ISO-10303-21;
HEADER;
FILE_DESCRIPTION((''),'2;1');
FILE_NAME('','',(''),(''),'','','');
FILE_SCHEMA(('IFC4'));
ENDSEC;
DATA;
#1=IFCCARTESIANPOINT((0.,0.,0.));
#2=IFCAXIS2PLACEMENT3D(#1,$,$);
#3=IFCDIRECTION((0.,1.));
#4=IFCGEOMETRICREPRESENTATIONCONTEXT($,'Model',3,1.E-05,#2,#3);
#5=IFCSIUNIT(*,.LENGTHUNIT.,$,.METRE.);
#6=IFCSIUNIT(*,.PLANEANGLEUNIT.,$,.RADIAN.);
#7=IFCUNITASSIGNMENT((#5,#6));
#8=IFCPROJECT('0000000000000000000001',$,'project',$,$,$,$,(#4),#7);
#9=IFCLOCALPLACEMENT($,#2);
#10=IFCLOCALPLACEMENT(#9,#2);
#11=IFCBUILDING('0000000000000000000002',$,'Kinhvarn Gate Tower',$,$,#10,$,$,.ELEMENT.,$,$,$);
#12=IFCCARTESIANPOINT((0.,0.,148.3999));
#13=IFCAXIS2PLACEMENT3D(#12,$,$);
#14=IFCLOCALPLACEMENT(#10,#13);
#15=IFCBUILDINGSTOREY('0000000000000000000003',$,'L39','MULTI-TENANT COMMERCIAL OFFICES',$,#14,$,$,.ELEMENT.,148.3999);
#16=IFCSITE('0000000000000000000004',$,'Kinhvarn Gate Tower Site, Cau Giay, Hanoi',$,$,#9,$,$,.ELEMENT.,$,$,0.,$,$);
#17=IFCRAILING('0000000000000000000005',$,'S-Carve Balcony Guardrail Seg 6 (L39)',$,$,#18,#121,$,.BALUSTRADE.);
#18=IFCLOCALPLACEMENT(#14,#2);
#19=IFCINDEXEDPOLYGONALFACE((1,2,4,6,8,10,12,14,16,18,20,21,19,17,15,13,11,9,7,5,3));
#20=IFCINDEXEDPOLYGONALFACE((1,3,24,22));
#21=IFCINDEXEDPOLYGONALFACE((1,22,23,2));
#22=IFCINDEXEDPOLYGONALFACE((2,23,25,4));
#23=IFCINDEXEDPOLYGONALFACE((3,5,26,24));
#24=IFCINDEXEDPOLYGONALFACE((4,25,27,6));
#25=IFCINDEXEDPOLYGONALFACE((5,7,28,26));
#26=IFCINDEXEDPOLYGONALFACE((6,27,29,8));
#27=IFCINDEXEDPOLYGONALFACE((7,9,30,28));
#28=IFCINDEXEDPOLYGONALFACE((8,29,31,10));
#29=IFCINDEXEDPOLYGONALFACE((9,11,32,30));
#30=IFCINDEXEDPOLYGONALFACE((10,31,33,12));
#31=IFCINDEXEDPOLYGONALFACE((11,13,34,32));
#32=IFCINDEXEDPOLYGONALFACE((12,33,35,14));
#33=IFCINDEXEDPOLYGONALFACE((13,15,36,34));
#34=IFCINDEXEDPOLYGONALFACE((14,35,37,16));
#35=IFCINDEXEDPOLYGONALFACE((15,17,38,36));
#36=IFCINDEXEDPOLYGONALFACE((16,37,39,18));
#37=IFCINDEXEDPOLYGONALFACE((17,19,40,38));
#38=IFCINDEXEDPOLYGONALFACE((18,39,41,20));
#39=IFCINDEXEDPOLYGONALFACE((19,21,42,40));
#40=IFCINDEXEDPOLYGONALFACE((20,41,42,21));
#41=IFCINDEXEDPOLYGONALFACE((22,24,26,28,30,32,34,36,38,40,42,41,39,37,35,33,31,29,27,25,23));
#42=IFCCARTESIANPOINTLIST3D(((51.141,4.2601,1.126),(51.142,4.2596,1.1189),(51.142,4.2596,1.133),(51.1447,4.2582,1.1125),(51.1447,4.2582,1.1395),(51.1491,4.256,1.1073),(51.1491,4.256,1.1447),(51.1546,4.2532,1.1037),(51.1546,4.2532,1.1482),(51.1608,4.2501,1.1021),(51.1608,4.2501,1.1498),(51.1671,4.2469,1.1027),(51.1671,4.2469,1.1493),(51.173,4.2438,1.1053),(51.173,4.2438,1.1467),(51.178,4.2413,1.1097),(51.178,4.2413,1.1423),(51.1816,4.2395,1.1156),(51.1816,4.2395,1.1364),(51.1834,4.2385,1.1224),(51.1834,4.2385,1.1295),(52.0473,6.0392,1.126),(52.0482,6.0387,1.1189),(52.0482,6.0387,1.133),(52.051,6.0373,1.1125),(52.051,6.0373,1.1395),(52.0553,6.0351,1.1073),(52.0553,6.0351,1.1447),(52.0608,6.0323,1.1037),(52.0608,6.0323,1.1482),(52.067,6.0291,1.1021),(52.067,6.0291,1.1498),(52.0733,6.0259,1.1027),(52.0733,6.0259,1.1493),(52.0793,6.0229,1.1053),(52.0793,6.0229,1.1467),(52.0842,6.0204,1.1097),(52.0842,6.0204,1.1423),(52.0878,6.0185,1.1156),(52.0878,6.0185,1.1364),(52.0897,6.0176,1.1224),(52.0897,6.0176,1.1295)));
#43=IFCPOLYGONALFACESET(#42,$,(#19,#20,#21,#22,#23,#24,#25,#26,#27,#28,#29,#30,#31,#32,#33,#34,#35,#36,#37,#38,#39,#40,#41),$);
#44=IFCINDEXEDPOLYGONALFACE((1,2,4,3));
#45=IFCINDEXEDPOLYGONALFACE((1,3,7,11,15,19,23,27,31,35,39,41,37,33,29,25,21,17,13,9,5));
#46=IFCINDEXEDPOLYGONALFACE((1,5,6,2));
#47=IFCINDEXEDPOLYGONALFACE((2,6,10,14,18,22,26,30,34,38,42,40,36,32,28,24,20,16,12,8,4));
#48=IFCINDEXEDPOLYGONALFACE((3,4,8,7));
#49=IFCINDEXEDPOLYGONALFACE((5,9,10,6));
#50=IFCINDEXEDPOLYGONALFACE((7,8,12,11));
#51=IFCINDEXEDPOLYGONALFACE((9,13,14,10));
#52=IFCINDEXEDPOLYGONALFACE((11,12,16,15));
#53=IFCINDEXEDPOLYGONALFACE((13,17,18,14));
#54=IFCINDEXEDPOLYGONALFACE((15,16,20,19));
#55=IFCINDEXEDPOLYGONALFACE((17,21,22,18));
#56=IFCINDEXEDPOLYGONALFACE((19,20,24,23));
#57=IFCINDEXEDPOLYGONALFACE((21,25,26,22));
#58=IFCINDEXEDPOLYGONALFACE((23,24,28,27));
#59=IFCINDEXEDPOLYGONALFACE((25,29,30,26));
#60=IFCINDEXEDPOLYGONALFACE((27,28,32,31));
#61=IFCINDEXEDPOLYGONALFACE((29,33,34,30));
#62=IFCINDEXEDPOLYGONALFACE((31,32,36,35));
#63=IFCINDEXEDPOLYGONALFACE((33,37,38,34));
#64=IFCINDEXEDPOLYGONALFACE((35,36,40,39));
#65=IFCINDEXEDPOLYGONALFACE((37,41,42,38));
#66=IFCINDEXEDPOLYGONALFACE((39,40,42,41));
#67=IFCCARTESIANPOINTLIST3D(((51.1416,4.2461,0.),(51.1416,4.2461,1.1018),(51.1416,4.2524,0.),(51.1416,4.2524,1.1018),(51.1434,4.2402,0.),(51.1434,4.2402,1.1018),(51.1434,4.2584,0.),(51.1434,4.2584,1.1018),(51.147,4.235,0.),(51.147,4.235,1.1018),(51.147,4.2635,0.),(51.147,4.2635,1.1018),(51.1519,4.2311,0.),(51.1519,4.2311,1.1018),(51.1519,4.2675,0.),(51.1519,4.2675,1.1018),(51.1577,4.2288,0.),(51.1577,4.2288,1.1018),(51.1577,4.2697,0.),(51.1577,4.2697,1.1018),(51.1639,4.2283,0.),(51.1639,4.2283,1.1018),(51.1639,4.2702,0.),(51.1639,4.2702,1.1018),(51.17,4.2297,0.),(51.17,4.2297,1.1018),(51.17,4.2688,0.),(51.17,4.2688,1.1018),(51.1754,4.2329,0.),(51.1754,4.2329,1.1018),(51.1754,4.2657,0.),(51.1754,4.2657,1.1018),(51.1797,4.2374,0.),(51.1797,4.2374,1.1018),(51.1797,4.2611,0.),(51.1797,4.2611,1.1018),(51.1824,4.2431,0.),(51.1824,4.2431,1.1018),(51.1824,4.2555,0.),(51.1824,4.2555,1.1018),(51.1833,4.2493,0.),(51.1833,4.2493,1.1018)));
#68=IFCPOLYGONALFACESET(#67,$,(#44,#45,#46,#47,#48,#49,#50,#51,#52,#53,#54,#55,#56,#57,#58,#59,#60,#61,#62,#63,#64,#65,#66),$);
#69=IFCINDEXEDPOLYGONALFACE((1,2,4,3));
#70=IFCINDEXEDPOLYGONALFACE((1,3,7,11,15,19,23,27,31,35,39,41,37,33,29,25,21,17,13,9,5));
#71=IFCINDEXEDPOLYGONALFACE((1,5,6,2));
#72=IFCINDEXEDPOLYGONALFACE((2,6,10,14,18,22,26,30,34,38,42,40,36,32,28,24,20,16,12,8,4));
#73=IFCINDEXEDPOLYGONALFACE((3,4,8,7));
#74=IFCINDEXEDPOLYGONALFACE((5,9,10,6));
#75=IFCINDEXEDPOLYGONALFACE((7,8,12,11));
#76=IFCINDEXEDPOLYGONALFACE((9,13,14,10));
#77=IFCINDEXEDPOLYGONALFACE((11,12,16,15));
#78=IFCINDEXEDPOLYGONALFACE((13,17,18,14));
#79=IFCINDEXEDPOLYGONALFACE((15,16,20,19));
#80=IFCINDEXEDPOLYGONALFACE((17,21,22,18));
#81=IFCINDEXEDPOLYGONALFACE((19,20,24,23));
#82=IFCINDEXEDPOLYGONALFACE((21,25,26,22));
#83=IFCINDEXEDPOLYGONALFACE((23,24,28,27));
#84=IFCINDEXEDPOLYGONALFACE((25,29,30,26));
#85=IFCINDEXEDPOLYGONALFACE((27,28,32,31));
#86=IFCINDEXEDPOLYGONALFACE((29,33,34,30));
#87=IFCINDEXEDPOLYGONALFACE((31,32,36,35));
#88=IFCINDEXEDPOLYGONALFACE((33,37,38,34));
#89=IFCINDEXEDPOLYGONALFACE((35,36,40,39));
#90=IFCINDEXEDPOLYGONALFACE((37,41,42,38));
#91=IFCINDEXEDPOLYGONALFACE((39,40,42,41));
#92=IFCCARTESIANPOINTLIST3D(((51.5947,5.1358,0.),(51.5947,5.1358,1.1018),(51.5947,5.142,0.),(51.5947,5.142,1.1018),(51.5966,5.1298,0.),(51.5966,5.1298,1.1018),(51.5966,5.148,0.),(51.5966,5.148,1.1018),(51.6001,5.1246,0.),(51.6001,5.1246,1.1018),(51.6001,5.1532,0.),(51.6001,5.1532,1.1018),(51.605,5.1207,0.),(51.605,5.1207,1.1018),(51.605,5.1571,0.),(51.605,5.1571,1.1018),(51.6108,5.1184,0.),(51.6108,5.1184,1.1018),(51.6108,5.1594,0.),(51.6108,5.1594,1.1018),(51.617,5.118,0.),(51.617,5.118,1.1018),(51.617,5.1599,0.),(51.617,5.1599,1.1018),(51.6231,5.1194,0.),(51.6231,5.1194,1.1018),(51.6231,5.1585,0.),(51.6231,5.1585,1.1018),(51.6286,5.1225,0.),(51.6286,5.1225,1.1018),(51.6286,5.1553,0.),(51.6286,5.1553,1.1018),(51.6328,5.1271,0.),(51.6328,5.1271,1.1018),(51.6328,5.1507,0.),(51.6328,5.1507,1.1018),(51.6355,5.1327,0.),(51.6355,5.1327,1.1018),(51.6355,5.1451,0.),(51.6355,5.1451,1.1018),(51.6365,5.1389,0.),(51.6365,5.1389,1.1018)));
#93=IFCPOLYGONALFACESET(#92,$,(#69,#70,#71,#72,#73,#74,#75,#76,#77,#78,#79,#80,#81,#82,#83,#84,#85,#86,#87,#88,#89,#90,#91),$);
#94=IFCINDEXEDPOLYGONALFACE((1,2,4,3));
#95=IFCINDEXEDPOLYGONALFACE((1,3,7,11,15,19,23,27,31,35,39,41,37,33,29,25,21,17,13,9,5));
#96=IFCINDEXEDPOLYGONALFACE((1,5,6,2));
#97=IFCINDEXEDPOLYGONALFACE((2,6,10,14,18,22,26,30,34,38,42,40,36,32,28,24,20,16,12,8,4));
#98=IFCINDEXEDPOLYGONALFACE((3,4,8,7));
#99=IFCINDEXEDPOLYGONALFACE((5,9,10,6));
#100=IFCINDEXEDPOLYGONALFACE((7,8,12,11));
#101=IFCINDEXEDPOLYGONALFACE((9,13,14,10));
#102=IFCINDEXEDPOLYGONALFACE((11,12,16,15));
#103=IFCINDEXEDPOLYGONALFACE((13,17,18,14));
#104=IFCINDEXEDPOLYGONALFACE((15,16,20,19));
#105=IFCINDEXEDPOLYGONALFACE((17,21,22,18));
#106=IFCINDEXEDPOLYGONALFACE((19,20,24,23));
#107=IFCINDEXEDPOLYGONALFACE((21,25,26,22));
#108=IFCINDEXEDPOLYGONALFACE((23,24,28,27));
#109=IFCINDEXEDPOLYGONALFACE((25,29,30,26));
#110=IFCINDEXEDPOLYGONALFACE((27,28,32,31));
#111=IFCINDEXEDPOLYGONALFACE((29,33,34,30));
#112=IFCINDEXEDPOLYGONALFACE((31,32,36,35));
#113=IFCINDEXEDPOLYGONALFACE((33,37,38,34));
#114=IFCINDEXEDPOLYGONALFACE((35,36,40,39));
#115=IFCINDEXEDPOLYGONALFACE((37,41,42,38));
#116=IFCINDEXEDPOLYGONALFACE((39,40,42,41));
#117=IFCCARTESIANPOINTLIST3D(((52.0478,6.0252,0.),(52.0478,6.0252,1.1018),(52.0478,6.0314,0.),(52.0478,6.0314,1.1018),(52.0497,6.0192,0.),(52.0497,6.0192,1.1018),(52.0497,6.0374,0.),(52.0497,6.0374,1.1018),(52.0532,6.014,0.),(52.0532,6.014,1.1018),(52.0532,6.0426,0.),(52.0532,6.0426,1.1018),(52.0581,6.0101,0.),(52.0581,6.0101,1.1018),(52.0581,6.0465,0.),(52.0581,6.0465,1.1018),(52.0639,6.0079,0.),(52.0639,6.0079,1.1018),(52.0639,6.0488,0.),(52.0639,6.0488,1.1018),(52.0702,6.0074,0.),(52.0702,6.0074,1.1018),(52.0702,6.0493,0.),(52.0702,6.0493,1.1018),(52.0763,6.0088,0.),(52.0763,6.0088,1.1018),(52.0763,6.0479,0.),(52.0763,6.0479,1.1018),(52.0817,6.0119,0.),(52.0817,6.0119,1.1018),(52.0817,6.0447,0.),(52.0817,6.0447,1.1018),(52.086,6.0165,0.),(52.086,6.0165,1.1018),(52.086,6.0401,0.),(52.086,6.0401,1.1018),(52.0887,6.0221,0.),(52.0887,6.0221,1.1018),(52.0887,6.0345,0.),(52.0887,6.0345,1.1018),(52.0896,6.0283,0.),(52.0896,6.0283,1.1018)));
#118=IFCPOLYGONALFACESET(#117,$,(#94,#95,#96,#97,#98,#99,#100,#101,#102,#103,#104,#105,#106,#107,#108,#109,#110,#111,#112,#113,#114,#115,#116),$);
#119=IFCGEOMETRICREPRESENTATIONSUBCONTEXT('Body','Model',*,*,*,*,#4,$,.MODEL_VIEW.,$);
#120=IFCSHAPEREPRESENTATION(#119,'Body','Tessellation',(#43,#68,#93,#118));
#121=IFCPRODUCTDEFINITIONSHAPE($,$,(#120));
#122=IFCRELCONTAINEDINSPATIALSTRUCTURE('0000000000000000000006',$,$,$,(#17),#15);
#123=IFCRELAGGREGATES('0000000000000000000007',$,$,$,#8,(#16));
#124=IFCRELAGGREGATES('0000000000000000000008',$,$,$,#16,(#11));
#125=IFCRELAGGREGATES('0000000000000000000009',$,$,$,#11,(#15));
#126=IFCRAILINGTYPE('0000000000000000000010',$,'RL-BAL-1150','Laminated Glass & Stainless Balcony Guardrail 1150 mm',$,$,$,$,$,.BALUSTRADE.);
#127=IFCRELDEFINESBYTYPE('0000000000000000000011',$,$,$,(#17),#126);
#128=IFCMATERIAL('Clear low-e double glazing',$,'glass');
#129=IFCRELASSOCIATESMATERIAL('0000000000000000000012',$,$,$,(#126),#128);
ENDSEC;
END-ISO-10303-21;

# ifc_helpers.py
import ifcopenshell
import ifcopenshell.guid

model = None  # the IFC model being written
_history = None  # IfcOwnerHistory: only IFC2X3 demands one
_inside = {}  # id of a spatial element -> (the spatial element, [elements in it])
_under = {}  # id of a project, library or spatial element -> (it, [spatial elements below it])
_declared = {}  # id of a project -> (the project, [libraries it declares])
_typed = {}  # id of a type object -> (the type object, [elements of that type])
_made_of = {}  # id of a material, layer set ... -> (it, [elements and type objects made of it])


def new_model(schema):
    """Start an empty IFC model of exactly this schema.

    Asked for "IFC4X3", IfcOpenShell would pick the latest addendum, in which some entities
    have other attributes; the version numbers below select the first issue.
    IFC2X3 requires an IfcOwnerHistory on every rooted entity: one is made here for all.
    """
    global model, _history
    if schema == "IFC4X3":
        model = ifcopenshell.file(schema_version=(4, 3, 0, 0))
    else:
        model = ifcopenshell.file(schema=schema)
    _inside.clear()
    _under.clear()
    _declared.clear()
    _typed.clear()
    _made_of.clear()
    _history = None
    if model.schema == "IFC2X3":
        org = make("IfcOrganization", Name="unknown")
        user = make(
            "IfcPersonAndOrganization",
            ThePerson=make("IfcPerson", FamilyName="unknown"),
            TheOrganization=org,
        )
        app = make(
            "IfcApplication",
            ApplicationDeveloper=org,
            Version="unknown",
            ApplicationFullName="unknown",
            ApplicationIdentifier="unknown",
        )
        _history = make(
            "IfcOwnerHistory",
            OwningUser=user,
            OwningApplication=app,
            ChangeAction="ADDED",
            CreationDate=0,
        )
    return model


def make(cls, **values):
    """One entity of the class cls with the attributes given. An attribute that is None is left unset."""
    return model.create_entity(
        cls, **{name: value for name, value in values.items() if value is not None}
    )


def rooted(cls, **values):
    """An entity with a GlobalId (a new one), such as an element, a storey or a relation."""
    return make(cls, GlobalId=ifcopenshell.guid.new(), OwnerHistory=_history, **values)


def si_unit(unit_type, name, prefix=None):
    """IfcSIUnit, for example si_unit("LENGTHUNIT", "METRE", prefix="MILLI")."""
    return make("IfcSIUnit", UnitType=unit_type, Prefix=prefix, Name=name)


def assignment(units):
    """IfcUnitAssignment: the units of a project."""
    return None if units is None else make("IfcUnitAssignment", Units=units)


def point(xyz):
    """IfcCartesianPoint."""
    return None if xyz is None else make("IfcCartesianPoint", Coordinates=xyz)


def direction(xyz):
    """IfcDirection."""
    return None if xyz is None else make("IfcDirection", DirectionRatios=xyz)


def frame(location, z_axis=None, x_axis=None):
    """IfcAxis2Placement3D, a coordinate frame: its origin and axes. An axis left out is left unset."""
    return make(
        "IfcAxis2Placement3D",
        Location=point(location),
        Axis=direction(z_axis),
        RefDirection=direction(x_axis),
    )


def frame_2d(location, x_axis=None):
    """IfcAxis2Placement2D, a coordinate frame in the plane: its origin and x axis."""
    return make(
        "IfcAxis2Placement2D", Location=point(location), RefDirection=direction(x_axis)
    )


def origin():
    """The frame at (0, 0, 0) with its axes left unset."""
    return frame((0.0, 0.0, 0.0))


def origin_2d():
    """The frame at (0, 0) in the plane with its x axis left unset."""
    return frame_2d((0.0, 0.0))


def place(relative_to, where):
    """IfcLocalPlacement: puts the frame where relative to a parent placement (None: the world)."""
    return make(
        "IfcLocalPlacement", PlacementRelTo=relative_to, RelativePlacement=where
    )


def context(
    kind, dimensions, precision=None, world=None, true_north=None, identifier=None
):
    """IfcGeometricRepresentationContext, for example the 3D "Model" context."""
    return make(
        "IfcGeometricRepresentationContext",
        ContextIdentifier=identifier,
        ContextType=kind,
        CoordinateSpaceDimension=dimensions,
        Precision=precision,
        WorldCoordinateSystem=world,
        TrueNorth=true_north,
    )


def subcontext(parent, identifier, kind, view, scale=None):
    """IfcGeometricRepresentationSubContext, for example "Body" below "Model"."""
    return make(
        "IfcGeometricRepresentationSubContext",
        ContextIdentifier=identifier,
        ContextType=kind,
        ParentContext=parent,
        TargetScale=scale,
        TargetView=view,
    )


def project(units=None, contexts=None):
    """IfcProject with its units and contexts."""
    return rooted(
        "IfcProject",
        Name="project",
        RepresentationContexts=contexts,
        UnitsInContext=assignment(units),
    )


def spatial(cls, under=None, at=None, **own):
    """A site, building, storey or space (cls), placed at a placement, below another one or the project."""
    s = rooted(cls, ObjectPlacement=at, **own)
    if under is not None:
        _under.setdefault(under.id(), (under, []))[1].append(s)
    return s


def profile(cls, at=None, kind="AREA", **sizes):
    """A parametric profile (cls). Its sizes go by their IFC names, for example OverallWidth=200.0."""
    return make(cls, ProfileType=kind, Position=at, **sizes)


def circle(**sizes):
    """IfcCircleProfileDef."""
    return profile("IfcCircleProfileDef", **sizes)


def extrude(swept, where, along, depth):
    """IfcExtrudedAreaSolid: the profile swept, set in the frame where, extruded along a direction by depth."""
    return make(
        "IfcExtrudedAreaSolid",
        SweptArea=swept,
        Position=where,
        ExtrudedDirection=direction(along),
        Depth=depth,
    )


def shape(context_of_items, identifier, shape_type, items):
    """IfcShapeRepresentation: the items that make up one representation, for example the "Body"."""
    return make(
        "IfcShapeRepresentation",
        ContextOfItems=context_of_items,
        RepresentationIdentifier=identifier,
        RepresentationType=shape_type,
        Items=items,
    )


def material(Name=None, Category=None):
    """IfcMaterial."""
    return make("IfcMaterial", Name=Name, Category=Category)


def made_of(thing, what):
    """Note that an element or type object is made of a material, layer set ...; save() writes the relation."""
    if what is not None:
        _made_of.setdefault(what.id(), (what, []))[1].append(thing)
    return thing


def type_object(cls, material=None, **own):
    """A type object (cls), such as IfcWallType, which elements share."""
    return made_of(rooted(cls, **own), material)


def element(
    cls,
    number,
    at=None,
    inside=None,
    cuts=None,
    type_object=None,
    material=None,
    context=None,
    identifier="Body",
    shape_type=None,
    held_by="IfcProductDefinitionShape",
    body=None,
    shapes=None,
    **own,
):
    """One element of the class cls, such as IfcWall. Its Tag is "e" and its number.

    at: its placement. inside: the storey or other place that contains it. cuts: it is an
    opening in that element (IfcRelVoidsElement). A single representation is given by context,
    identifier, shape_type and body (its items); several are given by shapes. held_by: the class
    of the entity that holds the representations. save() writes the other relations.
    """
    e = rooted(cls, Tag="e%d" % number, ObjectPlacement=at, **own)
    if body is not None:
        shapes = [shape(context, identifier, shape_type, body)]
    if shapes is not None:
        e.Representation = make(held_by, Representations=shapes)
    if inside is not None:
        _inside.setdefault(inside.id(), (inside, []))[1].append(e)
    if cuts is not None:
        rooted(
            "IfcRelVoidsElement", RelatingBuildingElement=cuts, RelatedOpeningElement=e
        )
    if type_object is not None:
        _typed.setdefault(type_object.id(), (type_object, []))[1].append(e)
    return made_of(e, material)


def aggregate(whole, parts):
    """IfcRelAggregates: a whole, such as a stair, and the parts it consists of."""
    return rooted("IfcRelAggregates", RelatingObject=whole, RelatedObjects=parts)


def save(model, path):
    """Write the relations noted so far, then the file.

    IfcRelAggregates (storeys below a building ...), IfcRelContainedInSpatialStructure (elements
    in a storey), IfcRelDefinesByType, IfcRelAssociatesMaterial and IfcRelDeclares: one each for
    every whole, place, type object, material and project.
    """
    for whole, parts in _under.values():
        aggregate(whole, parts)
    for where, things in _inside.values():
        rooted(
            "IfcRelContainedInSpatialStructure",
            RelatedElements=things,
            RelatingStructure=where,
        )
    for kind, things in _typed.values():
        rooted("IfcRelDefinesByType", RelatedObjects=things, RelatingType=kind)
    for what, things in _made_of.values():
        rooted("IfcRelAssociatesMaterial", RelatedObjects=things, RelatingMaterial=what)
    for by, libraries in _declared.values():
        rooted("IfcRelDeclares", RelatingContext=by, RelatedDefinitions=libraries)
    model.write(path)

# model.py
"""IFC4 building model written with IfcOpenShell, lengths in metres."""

from ifc_helpers import new_model, si_unit, direction, frame, origin, origin_2d, place, context, subcontext, project, spatial, circle, extrude, material, type_object, element, save


model = new_model("IFC4")

# Units and contexts
model_context = context("Model", 3, precision=1e-05, world=origin(), true_north=direction((0.0, 1.0)))
body_context = subcontext(model_context, "Body", "Model", "MODEL_VIEW")
ifc_project = project(units=[si_unit("LENGTHUNIT", "METRE"), si_unit("PLANEANGLEUNIT", "RADIAN")], contexts=[model_context])

# Site, building, storey
site_placement = place(None, origin())
site = spatial("IfcSite", under=ifc_project, at=site_placement, Name="Kinhvarn Gate Tower Site, Cau Giay, Hanoi", CompositionType="ELEMENT", RefElevation=0.0)
building_placement = place(site_placement, origin())
building = spatial("IfcBuilding", under=site, at=building_placement, Name="Kinhvarn Gate Tower", CompositionType="ELEMENT")
storey_placement = place(building_placement, frame((0.0, 0.0, 148.3999)))
storey = spatial("IfcBuildingStorey", under=building, at=storey_placement, Name="L39", Description="MULTI-TENANT COMMERCIAL OFFICES", CompositionType="ELEMENT", Elevation=148.3999)

# Shared definitions
ifc_material_1 = material(Name="Clear low-e double glazing", Category="glass")

# Railing
railing_type = type_object("IfcRailingType", Name="RL-BAL-1150", Description="Laminated Glass & Stainless Balcony Guardrail 1150 mm", PredefinedType="BALUSTRADE", material=ifc_material_1)
railing_1_placement = place(storey_placement, frame((51.1624, 4.2493, 0.0)))
element("IfcRailing", 1, at=railing_1_placement, inside=storey, type_object=railing_type, Name="S-Carve Balcony Guardrail Seg 6 (L39)", PredefinedType="BALUSTRADE", context=body_context, shape_type="SweptSolid", body=[
    extrude(circle(Radius=0.0239, at=origin_2d()), frame((0.0, 0.0, 1.126), z_axis=(0.453902, 0.891052, 0.0), x_axis=(-0.891052, 0.453902, 0.0)), (0.0, 0.0, 1.0), 1.9966),
    extrude(circle(Radius=0.021, at=origin_2d()), origin(), (0.0, 0.0, 1.0), 1.1018),
    extrude(circle(Radius=0.021, at=origin_2d()), frame((0.4531, 0.8896, 0.0)), (0.0, 0.0, 1.0), 1.1018),
    extrude(circle(Radius=0.021, at=origin_2d()), frame((0.9062, 1.7791, 0.0)), (0.0, 0.0, 1.0), 1.1018),
])

save(model, "model.ifc")
